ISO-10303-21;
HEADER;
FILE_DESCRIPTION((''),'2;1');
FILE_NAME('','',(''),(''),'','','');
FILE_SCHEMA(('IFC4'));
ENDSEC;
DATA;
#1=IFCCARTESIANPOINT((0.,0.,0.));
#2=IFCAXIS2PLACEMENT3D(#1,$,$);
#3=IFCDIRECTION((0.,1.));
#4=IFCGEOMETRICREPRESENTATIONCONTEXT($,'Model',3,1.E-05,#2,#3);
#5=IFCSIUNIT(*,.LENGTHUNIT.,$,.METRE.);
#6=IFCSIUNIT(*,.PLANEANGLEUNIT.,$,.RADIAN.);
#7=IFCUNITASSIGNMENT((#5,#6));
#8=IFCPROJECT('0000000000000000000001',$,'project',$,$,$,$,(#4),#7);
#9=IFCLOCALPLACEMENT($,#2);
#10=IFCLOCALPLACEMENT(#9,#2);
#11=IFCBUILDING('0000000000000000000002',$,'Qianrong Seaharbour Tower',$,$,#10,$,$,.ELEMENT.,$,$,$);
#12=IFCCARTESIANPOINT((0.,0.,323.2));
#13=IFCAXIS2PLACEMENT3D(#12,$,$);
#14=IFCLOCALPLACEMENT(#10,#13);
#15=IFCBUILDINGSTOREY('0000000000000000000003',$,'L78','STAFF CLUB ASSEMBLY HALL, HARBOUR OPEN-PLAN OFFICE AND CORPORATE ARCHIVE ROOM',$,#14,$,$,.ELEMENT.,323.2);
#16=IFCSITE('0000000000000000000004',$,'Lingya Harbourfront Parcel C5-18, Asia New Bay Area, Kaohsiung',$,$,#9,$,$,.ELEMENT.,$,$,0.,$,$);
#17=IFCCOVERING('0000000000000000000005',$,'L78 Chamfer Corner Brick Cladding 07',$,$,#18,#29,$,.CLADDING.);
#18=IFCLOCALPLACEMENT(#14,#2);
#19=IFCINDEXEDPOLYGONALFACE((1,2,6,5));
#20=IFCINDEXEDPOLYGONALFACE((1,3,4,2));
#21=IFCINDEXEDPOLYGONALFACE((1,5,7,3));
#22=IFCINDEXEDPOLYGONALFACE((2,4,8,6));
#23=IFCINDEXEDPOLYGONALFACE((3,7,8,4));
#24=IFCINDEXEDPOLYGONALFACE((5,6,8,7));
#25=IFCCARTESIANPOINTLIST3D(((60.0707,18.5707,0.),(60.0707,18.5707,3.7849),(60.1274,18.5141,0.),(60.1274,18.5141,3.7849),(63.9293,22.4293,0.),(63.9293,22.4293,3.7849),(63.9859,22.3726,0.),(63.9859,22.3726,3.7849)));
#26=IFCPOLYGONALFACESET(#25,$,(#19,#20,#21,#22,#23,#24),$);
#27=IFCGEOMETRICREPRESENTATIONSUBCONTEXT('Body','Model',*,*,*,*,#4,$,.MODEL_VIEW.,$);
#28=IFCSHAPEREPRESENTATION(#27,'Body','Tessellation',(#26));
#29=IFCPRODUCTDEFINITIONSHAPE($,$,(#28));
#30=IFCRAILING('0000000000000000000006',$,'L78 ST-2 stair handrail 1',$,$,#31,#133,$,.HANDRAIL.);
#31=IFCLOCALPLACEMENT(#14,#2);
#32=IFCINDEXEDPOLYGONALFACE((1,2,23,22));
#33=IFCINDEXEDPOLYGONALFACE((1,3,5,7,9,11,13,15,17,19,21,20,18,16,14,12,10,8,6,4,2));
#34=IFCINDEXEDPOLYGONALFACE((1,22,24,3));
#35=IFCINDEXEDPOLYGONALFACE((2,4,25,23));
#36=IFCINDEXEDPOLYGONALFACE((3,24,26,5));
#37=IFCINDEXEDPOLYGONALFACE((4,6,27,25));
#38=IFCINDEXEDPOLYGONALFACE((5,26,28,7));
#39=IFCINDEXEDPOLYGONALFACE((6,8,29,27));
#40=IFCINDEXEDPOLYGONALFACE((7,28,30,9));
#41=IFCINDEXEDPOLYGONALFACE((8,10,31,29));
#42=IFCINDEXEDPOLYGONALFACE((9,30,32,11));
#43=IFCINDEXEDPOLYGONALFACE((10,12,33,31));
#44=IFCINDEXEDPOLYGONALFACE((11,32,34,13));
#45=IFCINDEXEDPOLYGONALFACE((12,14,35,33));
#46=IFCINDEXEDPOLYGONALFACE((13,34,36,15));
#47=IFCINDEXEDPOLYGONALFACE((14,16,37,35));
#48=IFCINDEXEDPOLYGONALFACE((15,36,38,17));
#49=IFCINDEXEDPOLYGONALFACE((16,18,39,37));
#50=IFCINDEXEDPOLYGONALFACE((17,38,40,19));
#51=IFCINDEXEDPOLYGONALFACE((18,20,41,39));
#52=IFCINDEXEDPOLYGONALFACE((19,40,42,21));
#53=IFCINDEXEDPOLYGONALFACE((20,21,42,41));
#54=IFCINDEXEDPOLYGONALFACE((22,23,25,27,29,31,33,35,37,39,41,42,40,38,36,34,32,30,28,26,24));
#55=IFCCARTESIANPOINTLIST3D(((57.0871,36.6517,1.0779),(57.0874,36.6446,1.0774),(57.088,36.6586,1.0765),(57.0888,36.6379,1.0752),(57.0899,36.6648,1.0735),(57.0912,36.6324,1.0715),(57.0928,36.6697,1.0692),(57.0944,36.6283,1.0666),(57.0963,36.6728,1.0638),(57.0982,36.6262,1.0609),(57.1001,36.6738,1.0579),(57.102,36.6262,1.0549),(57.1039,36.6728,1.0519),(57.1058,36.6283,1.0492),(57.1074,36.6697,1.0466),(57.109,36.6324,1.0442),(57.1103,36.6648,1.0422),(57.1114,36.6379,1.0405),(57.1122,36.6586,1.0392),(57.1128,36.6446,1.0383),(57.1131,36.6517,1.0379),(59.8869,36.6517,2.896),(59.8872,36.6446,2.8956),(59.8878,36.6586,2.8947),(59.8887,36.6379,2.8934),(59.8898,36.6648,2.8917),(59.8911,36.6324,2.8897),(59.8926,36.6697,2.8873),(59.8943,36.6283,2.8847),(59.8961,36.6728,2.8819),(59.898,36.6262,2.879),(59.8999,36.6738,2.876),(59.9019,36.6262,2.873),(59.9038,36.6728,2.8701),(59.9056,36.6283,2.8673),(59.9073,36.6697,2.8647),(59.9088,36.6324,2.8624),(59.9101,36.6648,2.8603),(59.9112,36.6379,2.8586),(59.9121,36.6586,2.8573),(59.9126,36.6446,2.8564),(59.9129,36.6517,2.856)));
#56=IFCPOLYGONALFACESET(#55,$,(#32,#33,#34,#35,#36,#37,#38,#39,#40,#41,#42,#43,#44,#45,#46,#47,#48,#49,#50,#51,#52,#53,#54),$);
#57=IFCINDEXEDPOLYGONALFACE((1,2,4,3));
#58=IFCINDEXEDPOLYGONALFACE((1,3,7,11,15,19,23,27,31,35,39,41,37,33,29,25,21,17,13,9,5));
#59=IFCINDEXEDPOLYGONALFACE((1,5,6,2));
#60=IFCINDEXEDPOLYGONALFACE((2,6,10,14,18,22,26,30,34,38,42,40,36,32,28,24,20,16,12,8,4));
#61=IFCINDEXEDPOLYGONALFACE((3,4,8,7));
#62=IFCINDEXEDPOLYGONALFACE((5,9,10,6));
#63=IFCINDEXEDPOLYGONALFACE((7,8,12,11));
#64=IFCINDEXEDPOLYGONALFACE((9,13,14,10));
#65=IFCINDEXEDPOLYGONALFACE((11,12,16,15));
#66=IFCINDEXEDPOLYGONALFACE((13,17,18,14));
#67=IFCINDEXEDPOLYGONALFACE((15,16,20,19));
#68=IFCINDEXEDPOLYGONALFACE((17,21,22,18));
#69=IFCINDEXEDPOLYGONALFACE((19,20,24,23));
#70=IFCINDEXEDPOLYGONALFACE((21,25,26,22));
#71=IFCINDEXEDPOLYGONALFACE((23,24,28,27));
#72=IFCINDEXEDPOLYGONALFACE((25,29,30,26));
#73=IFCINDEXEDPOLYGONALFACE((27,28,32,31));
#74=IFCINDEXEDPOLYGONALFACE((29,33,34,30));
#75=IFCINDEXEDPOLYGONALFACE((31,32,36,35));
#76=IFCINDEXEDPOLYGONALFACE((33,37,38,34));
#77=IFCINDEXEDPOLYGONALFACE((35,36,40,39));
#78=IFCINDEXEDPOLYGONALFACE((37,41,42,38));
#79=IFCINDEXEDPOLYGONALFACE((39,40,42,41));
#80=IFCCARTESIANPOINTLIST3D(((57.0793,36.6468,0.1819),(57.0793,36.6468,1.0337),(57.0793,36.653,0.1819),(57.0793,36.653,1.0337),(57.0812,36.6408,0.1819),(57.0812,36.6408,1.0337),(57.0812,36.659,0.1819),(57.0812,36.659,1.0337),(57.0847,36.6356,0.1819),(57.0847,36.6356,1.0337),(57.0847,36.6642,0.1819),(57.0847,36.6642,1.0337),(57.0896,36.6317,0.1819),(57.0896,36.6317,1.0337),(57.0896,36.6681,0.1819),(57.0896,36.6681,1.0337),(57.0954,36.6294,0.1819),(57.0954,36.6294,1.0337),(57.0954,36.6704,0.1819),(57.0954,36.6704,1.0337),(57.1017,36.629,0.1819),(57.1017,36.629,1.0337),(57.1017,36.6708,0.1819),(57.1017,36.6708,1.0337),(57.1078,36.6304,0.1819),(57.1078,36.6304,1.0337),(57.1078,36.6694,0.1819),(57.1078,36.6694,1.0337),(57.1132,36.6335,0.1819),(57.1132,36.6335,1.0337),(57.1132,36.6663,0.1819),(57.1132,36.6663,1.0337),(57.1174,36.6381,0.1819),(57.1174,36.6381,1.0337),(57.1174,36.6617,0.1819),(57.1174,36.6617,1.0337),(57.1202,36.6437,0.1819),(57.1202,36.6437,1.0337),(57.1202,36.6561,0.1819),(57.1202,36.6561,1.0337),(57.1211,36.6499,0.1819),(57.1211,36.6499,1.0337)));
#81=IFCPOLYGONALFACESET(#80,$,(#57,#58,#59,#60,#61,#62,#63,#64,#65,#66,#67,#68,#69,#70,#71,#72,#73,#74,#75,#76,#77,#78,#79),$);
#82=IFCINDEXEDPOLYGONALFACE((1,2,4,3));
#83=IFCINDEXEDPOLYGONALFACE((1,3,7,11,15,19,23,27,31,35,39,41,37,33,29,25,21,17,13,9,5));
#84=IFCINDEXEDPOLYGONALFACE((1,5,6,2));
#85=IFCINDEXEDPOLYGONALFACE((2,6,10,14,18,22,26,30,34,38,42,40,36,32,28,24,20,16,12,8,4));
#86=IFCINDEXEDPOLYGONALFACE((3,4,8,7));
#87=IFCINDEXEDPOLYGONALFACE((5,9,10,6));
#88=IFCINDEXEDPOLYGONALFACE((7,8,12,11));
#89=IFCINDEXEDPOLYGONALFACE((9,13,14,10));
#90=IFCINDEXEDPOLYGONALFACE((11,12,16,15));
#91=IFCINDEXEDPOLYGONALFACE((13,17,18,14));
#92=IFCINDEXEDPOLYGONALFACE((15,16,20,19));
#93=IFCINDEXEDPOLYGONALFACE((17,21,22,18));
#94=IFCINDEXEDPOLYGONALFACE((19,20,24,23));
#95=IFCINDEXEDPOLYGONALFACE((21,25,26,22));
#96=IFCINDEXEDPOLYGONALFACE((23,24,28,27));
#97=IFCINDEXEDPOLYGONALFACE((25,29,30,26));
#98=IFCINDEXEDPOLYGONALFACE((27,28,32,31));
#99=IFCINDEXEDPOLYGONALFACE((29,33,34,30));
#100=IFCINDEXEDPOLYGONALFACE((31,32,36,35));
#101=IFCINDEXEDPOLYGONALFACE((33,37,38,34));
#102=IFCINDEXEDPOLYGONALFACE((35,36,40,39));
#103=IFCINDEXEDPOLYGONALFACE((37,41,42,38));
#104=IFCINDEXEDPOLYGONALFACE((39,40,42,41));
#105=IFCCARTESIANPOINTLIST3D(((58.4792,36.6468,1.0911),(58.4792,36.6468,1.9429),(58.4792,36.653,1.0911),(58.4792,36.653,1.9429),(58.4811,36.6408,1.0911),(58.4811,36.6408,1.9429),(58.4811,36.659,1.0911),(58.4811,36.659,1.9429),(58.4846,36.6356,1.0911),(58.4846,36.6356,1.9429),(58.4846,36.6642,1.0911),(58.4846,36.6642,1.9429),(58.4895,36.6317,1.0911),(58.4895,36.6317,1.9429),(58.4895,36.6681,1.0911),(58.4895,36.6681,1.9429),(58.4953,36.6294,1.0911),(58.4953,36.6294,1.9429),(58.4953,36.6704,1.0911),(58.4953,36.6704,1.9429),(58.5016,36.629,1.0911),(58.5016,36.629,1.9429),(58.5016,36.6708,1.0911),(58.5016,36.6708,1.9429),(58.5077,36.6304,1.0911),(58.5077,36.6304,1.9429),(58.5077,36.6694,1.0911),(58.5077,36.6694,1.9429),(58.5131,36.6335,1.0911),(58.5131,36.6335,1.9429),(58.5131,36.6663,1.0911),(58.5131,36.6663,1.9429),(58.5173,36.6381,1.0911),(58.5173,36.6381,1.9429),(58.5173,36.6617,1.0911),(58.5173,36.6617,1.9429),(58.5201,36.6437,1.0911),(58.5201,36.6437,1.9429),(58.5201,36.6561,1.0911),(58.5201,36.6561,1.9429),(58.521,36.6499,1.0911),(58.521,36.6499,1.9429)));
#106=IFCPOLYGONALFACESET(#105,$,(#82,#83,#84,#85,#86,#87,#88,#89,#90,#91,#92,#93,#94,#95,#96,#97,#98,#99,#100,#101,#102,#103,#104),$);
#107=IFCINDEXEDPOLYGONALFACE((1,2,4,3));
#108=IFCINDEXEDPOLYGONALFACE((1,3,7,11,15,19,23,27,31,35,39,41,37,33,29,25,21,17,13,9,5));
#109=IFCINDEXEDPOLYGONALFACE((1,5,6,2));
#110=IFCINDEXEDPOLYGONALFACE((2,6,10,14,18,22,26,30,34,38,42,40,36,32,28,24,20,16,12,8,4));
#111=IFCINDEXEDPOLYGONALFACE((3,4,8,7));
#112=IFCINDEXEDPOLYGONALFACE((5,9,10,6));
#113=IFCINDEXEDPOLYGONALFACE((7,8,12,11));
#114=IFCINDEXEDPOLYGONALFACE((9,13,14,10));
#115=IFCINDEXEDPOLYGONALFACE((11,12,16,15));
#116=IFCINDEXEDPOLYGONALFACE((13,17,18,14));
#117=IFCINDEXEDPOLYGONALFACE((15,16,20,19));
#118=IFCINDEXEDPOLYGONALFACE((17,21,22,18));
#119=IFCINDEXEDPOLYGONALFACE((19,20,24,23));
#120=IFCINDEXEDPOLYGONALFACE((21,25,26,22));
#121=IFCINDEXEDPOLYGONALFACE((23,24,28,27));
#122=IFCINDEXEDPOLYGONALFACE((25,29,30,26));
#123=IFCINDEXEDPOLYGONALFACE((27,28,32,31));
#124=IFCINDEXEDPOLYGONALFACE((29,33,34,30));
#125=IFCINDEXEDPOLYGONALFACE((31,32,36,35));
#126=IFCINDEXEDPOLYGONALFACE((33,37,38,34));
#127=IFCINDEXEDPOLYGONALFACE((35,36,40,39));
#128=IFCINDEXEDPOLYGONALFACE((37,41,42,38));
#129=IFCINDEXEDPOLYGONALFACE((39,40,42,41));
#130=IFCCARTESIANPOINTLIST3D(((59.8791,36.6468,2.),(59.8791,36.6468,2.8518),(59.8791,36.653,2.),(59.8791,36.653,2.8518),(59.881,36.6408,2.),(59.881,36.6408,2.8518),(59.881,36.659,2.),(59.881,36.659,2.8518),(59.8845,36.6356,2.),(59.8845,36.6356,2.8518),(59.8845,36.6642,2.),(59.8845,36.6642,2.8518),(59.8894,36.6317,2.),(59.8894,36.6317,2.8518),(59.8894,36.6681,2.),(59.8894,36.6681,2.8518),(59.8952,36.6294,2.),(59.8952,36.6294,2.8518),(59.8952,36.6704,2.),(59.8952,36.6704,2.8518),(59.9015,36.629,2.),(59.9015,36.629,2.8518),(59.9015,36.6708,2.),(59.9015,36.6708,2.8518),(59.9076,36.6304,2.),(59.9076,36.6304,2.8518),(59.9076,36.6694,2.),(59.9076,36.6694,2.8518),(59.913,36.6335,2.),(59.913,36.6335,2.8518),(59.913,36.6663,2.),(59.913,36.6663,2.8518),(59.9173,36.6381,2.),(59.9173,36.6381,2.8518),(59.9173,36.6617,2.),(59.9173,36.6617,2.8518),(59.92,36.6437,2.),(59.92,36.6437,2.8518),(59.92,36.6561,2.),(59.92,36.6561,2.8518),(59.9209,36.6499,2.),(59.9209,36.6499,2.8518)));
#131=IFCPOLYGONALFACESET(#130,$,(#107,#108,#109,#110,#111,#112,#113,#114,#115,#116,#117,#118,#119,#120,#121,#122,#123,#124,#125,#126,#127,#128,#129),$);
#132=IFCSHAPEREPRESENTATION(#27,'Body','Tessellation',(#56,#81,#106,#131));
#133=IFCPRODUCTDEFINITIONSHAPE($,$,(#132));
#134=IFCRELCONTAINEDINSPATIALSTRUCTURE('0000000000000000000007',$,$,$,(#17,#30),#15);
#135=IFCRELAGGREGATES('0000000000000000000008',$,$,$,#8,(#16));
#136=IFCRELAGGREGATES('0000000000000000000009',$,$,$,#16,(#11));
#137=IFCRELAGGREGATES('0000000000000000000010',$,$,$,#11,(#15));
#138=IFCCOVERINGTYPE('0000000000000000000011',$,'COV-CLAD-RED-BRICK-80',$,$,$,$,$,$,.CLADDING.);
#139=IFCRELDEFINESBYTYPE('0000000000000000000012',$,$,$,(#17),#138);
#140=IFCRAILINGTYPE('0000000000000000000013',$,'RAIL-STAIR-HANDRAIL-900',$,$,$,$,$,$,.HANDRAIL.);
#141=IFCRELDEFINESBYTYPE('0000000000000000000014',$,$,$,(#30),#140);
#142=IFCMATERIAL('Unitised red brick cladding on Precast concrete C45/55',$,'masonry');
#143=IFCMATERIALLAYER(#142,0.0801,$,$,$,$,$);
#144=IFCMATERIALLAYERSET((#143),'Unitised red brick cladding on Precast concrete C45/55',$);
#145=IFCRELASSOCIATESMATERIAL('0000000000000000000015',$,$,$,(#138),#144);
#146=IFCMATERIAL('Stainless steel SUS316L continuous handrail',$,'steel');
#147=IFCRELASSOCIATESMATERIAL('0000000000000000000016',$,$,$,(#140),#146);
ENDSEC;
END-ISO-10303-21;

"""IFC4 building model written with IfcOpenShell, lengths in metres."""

from ifc_helpers import new_model, si_unit, direction, frame, origin, origin_2d, place, context, subcontext, project, spatial, rectangle, circle, extrude, material, layer, layer_set, type_object, element, save


model = new_model("IFC4")

# Units and contexts
model_context = context("Model", 3, precision=1e-05, world=origin(), true_north=direction((0.0, 1.0)))
body_context = subcontext(model_context, "Body", "Model", "MODEL_VIEW")
ifc_project = project(units=[si_unit("LENGTHUNIT", "METRE"), si_unit("PLANEANGLEUNIT", "RADIAN")], contexts=[model_context])

# Site, building, storey
site_placement = place(None, origin())
site = spatial("IfcSite", under=ifc_project, at=site_placement, Name="Lingya Harbourfront Parcel C5-18, Asia New Bay Area, Kaohsiung", CompositionType="ELEMENT", RefElevation=0.0)
building_placement = place(site_placement, origin())
building = spatial("IfcBuilding", under=site, at=building_placement, Name="Qianrong Seaharbour Tower", CompositionType="ELEMENT")
storey_placement = place(building_placement, frame((0.0, 0.0, 323.2)))
storey = spatial("IfcBuildingStorey", under=building, at=storey_placement, Name="L78", Description="STAFF CLUB ASSEMBLY HALL, HARBOUR OPEN-PLAN OFFICE AND CORPORATE ARCHIVE ROOM", CompositionType="ELEMENT", Elevation=323.2)

# Covering
ifc_material_1 = material(Name="Unitised red brick cladding on Precast concrete C45/55", Category="masonry")
ifc_layer_1 = layer(ifc_material_1, 0.0801)
ifc_layer_set_1 = layer_set([ifc_layer_1], Name="Unitised red brick cladding on Precast concrete C45/55")
covering_type = type_object("IfcCoveringType", Name="COV-CLAD-RED-BRICK-80", PredefinedType="CLADDING", material=ifc_layer_set_1)
covering_placement = place(storey_placement, frame((62.0283, 20.4717, 0.0), z_axis=(0.0, 0.0, 1.0), x_axis=(-0.707107, -0.707107, 0.0)))
element("IfcCovering", 1, at=covering_placement, inside=storey, type_object=covering_type, Name="L78 Chamfer Corner Brick Cladding 07", PredefinedType="CLADDING", context=body_context, shape_type="SweptSolid", body=[
    extrude(rectangle(XDim=5.4568, YDim=0.0801, at=origin_2d()), origin(), (0.0, 0.0, 1.0), 3.7849),
])

# Railing
ifc_material_2 = material(Name="Stainless steel SUS316L continuous handrail", Category="steel")
railing_type = type_object("IfcRailingType", Name="RAIL-STAIR-HANDRAIL-900", PredefinedType="HANDRAIL", material=ifc_material_2)
railing_placement = place(storey_placement, frame((57.1001, 36.6499, 0.1819)))
element("IfcRailing", 2, at=railing_placement, inside=storey, type_object=railing_type, Name="L78 ST-2 stair handrail 1", PredefinedType="HANDRAIL", context=body_context, shape_type="SweptSolid", body=[
    extrude(circle(Radius=0.0239, at=origin_2d()), frame((0.0, 0.0, 0.876), z_axis=(0.838684, 0.0, 0.544618), x_axis=(0.0, 1.0, 0.0)), (0.0, 0.0, 1.0), 3.3384),
    extrude(circle(Radius=0.021, at=origin_2d()), origin(), (0.0, 0.0, 1.0), 0.8518),
    extrude(circle(Radius=0.021, at=origin_2d()), frame((1.3999, 0.0, 0.9092)), (0.0, 0.0, 1.0), 0.8518),
    extrude(circle(Radius=0.021, at=origin_2d()), frame((2.7998, 0.0, 1.8181)), (0.0, 0.0, 1.0), 0.8518),
])

save(model, "model.ifc")
